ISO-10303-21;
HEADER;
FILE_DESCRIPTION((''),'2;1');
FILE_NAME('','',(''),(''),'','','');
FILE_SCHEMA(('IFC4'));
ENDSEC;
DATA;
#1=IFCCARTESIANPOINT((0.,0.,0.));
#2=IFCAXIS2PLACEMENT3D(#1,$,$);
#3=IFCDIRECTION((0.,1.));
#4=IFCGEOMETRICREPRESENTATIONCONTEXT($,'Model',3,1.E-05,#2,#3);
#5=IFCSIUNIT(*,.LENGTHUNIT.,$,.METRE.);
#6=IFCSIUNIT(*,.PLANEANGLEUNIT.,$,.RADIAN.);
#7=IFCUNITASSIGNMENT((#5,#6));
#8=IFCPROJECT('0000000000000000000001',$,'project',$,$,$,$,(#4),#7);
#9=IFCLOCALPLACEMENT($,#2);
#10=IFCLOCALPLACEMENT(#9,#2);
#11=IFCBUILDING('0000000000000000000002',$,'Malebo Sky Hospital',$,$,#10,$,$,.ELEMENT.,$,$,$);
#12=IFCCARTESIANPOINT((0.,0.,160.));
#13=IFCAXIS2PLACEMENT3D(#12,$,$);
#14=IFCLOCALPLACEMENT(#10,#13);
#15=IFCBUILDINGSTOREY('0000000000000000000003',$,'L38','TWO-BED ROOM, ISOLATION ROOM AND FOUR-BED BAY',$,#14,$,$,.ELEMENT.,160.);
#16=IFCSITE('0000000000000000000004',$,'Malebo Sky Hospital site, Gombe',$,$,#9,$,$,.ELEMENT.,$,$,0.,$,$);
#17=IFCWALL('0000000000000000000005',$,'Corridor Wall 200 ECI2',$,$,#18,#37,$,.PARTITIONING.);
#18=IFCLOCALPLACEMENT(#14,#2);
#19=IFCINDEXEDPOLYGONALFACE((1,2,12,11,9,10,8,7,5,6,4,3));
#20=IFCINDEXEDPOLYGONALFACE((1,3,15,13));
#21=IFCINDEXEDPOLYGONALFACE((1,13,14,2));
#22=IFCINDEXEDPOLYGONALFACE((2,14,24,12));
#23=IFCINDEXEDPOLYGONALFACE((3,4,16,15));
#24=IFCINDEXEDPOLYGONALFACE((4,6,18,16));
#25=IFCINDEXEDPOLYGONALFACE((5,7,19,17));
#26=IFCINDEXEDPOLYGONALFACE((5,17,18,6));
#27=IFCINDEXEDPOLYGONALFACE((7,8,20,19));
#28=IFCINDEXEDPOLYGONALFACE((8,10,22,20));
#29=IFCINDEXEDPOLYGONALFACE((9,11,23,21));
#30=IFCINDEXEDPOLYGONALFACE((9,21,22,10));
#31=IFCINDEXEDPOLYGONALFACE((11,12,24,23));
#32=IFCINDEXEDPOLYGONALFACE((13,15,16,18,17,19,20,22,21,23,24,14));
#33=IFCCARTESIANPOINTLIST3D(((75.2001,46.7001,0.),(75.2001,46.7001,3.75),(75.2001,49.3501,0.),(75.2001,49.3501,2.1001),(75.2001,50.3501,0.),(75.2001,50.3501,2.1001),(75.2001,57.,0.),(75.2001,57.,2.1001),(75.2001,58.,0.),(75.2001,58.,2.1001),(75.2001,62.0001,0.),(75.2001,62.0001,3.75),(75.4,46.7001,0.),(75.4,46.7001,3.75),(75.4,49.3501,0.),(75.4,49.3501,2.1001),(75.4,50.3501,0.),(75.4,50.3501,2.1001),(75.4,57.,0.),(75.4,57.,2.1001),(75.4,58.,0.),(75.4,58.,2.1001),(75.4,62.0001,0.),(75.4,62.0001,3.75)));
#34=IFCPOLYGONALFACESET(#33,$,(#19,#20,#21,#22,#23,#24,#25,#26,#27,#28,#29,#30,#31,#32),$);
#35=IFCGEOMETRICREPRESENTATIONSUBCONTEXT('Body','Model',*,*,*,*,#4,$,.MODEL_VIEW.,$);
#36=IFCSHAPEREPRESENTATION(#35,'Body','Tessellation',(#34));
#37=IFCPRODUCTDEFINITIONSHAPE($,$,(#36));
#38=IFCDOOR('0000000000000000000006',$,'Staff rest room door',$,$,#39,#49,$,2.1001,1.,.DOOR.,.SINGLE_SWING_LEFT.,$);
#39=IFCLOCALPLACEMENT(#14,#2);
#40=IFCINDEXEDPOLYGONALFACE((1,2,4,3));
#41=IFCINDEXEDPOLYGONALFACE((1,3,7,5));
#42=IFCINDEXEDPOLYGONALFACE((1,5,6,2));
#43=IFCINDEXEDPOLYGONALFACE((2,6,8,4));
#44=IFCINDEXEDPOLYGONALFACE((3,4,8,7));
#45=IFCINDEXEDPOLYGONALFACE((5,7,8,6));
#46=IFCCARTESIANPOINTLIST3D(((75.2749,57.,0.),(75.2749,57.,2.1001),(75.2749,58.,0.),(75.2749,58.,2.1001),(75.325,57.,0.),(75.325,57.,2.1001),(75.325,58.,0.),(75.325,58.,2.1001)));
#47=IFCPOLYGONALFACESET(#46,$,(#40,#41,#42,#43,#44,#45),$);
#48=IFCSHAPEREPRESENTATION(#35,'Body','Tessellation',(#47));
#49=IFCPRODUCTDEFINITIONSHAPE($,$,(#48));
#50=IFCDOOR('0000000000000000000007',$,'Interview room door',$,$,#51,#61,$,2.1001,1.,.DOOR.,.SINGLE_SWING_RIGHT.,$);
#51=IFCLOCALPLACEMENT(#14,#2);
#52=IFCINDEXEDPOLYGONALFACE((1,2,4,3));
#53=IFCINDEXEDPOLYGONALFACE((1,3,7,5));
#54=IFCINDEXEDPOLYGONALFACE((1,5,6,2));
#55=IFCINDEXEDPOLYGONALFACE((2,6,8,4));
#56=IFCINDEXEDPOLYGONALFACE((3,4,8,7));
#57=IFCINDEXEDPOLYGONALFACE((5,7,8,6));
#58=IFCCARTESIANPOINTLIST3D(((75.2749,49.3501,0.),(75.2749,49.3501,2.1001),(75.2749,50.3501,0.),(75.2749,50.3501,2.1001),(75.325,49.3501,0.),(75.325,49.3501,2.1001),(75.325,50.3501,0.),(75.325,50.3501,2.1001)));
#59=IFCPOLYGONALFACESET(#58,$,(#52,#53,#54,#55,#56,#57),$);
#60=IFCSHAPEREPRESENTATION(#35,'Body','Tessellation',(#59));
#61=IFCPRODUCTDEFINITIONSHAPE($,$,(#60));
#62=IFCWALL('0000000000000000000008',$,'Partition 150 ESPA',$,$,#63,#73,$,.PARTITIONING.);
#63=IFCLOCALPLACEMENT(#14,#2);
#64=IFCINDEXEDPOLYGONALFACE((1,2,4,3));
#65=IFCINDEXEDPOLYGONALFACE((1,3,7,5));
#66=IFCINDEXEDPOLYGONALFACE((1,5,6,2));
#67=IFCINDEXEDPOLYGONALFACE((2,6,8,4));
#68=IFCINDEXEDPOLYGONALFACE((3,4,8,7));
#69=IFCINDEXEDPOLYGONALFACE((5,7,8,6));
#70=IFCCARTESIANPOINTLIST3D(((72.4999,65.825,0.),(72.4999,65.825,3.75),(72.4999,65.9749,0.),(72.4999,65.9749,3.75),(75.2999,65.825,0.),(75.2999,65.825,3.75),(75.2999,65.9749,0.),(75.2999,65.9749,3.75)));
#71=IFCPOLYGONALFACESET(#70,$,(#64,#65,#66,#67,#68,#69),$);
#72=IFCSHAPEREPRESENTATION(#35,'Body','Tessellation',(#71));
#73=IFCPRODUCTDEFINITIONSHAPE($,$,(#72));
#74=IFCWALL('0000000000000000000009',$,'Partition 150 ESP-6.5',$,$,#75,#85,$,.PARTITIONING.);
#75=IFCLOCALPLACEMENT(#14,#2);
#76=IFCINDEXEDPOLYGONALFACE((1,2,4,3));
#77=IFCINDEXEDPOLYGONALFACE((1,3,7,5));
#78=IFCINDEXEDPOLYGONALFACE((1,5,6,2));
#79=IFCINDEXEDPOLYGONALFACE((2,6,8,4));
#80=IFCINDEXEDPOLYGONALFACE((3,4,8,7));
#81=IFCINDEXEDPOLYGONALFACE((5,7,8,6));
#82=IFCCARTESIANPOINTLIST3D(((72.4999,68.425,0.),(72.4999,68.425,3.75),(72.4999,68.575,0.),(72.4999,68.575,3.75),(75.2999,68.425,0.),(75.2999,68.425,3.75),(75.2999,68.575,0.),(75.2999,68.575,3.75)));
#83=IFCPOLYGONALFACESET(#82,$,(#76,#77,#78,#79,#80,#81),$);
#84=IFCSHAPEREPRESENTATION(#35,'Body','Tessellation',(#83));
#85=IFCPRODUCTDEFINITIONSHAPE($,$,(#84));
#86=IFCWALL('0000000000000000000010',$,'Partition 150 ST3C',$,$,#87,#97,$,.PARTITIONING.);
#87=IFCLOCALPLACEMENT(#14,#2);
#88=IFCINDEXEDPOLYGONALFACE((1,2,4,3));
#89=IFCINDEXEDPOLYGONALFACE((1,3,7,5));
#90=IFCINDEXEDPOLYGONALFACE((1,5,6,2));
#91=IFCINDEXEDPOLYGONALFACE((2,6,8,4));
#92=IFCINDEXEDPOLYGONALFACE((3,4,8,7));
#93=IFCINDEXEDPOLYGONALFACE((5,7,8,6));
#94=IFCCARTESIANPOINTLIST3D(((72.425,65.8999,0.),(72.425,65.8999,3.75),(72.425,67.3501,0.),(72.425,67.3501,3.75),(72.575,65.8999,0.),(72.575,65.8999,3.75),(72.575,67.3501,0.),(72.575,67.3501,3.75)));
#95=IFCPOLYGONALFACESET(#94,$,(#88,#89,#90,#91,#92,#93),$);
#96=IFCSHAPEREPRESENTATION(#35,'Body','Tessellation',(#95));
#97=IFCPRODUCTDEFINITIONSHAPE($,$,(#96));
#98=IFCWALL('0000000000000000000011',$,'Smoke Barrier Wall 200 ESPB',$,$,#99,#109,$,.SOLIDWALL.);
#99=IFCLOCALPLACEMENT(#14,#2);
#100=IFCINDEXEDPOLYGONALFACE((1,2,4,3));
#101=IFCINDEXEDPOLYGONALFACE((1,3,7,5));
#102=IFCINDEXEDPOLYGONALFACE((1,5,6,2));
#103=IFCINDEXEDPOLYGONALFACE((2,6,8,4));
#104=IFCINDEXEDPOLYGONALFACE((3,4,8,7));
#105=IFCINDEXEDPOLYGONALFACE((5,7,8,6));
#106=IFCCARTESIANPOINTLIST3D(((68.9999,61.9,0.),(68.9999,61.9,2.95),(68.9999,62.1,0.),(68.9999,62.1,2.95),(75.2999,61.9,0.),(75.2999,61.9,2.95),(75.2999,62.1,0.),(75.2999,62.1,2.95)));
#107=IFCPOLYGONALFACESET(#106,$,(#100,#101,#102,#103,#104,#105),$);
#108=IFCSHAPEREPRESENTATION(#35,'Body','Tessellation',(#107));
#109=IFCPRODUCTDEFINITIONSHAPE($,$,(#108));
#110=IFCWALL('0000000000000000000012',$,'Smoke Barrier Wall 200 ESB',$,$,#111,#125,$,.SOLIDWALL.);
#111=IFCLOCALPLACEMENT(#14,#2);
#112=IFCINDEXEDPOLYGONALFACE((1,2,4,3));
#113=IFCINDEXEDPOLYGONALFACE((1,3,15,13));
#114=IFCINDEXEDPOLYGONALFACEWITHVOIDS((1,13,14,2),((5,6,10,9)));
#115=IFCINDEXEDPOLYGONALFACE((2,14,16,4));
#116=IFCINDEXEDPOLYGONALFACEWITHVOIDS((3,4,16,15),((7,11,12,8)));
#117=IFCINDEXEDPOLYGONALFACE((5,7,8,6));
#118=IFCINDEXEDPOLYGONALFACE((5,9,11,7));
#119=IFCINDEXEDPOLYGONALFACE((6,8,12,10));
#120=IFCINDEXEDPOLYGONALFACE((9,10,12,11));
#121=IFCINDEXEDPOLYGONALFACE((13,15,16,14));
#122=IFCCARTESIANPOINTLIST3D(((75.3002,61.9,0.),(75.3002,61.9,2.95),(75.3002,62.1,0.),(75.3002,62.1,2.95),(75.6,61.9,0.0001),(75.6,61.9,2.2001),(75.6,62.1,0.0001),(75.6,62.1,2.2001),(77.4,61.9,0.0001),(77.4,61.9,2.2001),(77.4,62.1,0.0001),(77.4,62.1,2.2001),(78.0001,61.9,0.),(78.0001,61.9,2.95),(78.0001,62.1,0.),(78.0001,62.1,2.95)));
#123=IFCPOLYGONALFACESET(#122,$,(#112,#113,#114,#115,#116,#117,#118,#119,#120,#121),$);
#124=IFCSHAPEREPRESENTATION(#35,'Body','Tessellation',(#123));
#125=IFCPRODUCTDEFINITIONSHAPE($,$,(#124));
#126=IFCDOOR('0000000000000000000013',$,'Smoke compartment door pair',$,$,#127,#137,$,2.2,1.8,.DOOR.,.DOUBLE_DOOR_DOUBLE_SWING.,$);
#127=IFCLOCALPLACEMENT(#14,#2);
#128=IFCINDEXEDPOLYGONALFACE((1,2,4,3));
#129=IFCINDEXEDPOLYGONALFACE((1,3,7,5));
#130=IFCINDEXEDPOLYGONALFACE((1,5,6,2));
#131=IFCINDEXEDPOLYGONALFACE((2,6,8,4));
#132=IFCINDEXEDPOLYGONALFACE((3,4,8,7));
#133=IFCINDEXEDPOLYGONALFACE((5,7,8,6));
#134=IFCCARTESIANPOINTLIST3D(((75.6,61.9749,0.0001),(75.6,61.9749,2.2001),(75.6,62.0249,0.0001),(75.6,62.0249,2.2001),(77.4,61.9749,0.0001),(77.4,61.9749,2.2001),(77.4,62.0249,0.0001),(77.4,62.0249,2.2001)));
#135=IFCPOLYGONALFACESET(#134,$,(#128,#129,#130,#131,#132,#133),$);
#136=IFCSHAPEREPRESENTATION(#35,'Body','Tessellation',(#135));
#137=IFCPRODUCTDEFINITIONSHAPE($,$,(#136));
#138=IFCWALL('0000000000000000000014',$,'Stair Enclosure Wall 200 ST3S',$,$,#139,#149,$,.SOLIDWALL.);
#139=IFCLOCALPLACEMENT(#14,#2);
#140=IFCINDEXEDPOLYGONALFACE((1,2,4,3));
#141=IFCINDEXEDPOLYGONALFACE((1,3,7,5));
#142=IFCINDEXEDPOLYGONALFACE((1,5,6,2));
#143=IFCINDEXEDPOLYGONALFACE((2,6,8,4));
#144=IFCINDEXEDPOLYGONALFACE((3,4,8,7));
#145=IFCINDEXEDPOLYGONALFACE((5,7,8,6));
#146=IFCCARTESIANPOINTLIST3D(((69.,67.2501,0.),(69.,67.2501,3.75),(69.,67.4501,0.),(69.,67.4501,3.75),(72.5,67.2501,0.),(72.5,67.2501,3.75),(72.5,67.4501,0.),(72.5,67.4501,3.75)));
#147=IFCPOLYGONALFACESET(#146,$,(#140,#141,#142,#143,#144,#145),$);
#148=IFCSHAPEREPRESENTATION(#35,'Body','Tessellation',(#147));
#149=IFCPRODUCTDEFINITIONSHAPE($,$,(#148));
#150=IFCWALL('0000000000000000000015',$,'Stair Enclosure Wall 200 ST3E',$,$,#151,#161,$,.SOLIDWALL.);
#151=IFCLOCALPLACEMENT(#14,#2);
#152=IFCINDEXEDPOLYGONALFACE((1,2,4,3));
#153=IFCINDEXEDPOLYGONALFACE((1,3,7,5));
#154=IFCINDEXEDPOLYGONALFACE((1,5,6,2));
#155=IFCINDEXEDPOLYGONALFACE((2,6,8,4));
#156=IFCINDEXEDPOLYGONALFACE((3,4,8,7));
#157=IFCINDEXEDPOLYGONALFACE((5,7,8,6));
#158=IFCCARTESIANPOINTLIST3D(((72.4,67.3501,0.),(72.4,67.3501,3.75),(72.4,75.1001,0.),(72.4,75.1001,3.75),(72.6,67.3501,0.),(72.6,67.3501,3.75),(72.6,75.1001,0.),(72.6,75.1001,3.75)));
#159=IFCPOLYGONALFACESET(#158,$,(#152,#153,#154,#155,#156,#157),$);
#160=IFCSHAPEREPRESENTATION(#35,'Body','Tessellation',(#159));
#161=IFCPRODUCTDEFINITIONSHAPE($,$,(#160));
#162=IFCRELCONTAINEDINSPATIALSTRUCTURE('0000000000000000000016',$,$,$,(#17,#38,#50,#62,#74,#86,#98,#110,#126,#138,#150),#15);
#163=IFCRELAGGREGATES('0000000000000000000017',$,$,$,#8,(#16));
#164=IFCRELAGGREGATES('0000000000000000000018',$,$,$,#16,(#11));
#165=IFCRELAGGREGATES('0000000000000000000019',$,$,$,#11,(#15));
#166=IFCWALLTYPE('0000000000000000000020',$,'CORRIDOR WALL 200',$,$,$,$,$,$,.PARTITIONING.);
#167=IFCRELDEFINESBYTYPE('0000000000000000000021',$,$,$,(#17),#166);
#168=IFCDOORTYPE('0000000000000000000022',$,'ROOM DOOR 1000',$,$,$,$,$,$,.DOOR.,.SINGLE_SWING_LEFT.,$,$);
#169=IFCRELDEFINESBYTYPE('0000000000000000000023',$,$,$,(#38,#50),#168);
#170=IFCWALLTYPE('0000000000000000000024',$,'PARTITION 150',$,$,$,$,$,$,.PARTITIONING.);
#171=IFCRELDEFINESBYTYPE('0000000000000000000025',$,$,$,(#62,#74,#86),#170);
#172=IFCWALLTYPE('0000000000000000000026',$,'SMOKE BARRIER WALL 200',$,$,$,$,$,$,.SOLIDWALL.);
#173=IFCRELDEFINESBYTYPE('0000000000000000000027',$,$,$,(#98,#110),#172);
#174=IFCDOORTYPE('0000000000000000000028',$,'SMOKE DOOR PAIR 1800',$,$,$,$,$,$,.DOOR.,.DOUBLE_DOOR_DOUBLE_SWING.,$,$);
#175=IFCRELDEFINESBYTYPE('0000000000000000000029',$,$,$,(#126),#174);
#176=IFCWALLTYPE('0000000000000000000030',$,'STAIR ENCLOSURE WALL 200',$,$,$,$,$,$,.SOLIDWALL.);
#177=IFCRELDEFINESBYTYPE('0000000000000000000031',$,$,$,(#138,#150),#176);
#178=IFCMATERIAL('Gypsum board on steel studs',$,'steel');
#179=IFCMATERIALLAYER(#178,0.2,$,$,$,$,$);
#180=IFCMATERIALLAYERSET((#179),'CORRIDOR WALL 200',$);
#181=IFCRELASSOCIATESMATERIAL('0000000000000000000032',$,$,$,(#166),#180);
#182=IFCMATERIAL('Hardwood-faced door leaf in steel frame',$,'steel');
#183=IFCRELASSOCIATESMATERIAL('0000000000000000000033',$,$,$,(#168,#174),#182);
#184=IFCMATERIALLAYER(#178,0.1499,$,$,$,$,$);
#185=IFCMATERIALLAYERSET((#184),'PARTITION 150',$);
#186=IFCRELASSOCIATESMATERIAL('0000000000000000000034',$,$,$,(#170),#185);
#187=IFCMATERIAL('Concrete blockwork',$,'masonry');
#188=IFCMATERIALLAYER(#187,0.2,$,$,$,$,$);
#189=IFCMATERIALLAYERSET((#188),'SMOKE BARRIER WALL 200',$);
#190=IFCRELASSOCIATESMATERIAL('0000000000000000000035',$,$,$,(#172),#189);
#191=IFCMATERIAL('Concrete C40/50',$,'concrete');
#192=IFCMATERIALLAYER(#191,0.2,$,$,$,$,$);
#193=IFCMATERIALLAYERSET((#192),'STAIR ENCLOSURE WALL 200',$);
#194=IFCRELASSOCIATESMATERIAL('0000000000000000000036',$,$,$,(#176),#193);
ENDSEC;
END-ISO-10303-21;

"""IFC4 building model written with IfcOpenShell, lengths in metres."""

from ifc_helpers import new_model, si_unit, direction, frame, frame_2d, origin, place, context, subcontext, project, spatial, rectangle, extrude, material, layer, layer_set, type_object, element, fill, save


model = new_model("IFC4")

# Units and contexts
model_context = context("Model", 3, precision=1e-05, world=origin(), true_north=direction((0.0, 1.0)))
body_context = subcontext(model_context, "Body", "Model", "MODEL_VIEW")
ifc_project = project(units=[si_unit("LENGTHUNIT", "METRE"), si_unit("PLANEANGLEUNIT", "RADIAN")], contexts=[model_context])

# Site, building, storey
site_placement = place(None, origin())
site = spatial("IfcSite", under=ifc_project, at=site_placement, Name="Malebo Sky Hospital site, Gombe", CompositionType="ELEMENT", RefElevation=0.0)
building_placement = place(site_placement, origin())
building = spatial("IfcBuilding", under=site, at=building_placement, Name="Malebo Sky Hospital", CompositionType="ELEMENT")
storey_placement = place(building_placement, frame((0.0, 0.0, 160.0)))
storey = spatial("IfcBuildingStorey", under=building, at=storey_placement, Name="L38", Description="TWO-BED ROOM, ISOLATION ROOM AND FOUR-BED BAY", CompositionType="ELEMENT", Elevation=160.0)

# Wall, openings, doors
ifc_material_1 = material(Name="Gypsum board on steel studs", Category="steel")
ifc_layer_1 = layer(ifc_material_1, 0.2)
ifc_layer_set_1 = layer_set([ifc_layer_1], Name="CORRIDOR WALL 200")
wall_type_1 = type_object("IfcWallType", Name="CORRIDOR WALL 200", PredefinedType="PARTITIONING", material=ifc_layer_set_1)
wall_1_placement = place(storey_placement, frame((75.3, 62.0, 0.0), z_axis=(0.0, 0.0, 1.0), x_axis=(0.0, -1.0, 0.0)))
wall_1 = element("IfcWall", 1, at=wall_1_placement, inside=storey, type_object=wall_type_1, Name="Corridor Wall 200 ECI2", PredefinedType="PARTITIONING", context=body_context, shape_type="SweptSolid", body=[
    extrude(rectangle(XDim=15.3, YDim=0.2, at=frame_2d((7.6499, 0.0))), origin(), (0.0, 0.0, 1.0), 3.75),
])
opening_1_placement = place(wall_1_placement, frame((4.0, 0.0, 0.0)))
opening_1 = element("IfcOpeningElement", 2, at=opening_1_placement, cuts=wall_1, PredefinedType="OPENING", context=body_context, shape_type="SweptSolid", body=[
    extrude(rectangle(XDim=1.0, YDim=2.1001, at=frame_2d((0.5, 1.05))), frame((0.0, 0.1099, 0.0), z_axis=(0.0, -1.0, 0.0), x_axis=(1.0, 0.0, 0.0)), (0.0, 0.0, 1.0), 0.22),
])
opening_2_placement = place(wall_1_placement, frame((11.6499, 0.0, 0.0)))
opening_2 = element("IfcOpeningElement", 3, at=opening_2_placement, cuts=wall_1, PredefinedType="OPENING", context=body_context, shape_type="SweptSolid", body=[
    extrude(rectangle(XDim=1.0, YDim=2.1001, at=frame_2d((0.5, 1.05))), frame((0.0, 0.1099, 0.0), z_axis=(0.0, -1.0, 0.0), x_axis=(1.0, 0.0, 0.0)), (0.0, 0.0, 1.0), 0.22),
])
ifc_material_2 = material(Name="Hardwood-faced door leaf in steel frame", Category="steel")
door_type_1 = type_object("IfcDoorType", Name="ROOM DOOR 1000", OperationType="SINGLE_SWING_LEFT", PredefinedType="DOOR", material=ifc_material_2)
door_1_placement = place(opening_1_placement, origin())
door_1 = element("IfcDoor", 4, at=door_1_placement, inside=storey, type_object=door_type_1, Name="Staff rest room door", OperationType="SINGLE_SWING_LEFT", OverallHeight=2.1001, OverallWidth=1.0, PredefinedType="DOOR", context=body_context, shape_type="SweptSolid", body=[
    extrude(rectangle(XDim=1.0, YDim=2.1001, at=frame_2d((0.5, 1.05))), frame((0.0, 0.0249, 0.0), z_axis=(0.0, -1.0, 0.0), x_axis=(1.0, 0.0, 0.0)), (0.0, 0.0, 1.0), 0.05),
])
fill(opening_1, door_1)
door_2_placement = place(opening_2_placement, origin())
door_2 = element("IfcDoor", 5, at=door_2_placement, inside=storey, type_object=door_type_1, Name="Interview room door", OperationType="SINGLE_SWING_RIGHT", OverallHeight=2.1001, OverallWidth=1.0, PredefinedType="DOOR", context=body_context, shape_type="SweptSolid", body=[
    extrude(rectangle(XDim=1.0, YDim=2.1001, at=frame_2d((0.5, 1.05))), frame((0.0, 0.0249, 0.0), z_axis=(0.0, -1.0, 0.0), x_axis=(1.0, 0.0, 0.0)), (0.0, 0.0, 1.0), 0.05),
])
fill(opening_2, door_2)

# Walls
ifc_layer_2 = layer(ifc_material_1, 0.1499)
ifc_layer_set_2 = layer_set([ifc_layer_2], Name="PARTITION 150")
wall_type_2 = type_object("IfcWallType", Name="PARTITION 150", PredefinedType="PARTITIONING", material=ifc_layer_set_2)
for number, where, z_axis, x_axis, name in (
    (6, (72.5, 65.8999, 0.0), (0.0, 0.0, 1.0), (1.0, 0.0, 0.0), "Partition 150 ESPA"),
    (7, (72.5, 68.5, 0.0), (0.0, 0.0, 1.0), (1.0, 0.0, 0.0), "Partition 150 ESP-6.5"),
):
    element("IfcWall", number, at=place(storey_placement, frame(where, z_axis=z_axis, x_axis=x_axis)), inside=storey, type_object=wall_type_2, Name=name, PredefinedType="PARTITIONING", context=body_context, shape_type="SweptSolid", body=[
        extrude(rectangle(XDim=2.8, YDim=0.1499, at=frame_2d((1.3999, 0.0))), origin(), (0.0, 0.0, 1.0), 3.75),
    ])
wall_2_placement = place(storey_placement, frame((72.5, 65.8999, 0.0), z_axis=(0.0, 0.0, 1.0), x_axis=(0.0, 1.0, 0.0)))
element("IfcWall", 8, at=wall_2_placement, inside=storey, type_object=wall_type_2, Name="Partition 150 ST3C", PredefinedType="PARTITIONING", context=body_context, shape_type="SweptSolid", body=[
    extrude(rectangle(XDim=1.4502, YDim=0.1499, at=frame_2d((0.7251, 0.0))), origin(), (0.0, 0.0, 1.0), 3.75),
])
ifc_material_3 = material(Name="Concrete blockwork", Category="masonry")
ifc_layer_3 = layer(ifc_material_3, 0.2)
ifc_layer_set_3 = layer_set([ifc_layer_3], Name="SMOKE BARRIER WALL 200")
wall_type_3 = type_object("IfcWallType", Name="SMOKE BARRIER WALL 200", PredefinedType="SOLIDWALL", material=ifc_layer_set_3)
wall_3_placement = place(storey_placement, frame((69.0, 62.0, 0.0), z_axis=(0.0, 0.0, 1.0), x_axis=(1.0, 0.0, 0.0)))
element("IfcWall", 9, at=wall_3_placement, inside=storey, type_object=wall_type_3, Name="Smoke Barrier Wall 200 ESPB", PredefinedType="SOLIDWALL", context=body_context, shape_type="SweptSolid", body=[
    extrude(rectangle(XDim=6.3, YDim=0.2, at=frame_2d((3.1499, 0.0))), origin(), (0.0, 0.0, 1.0), 2.95),
])

# Wall, opening, door
wall_4_placement = place(storey_placement, frame((75.3, 62.0, 0.0), z_axis=(0.0, 0.0, 1.0), x_axis=(1.0, 0.0, 0.0)))
wall_4 = element("IfcWall", 10, at=wall_4_placement, inside=storey, type_object=wall_type_3, Name="Smoke Barrier Wall 200 ESB", PredefinedType="SOLIDWALL", context=body_context, shape_type="SweptSolid", body=[
    extrude(rectangle(XDim=2.7, YDim=0.2, at=frame_2d((1.3501, 0.0))), origin(), (0.0, 0.0, 1.0), 2.95),
])
opening_3_placement = place(wall_4_placement, frame((0.3, 0.0, 0.0)))
opening_3 = element("IfcOpeningElement", 11, at=opening_3_placement, cuts=wall_4, PredefinedType="OPENING", context=body_context, shape_type="SweptSolid", body=[
    extrude(rectangle(XDim=1.8, YDim=2.2, at=frame_2d((0.8999, 1.1001))), frame((0.0, 0.1099, 0.0), z_axis=(0.0, -1.0, 0.0), x_axis=(1.0, 0.0, 0.0)), (0.0, 0.0, 1.0), 0.22),
])
door_type_2 = type_object("IfcDoorType", Name="SMOKE DOOR PAIR 1800", OperationType="DOUBLE_DOOR_DOUBLE_SWING", PredefinedType="DOOR", material=ifc_material_2)
door_3_placement = place(opening_3_placement, origin())
door_3 = element("IfcDoor", 12, at=door_3_placement, inside=storey, type_object=door_type_2, Name="Smoke compartment door pair", OperationType="DOUBLE_DOOR_DOUBLE_SWING", OverallHeight=2.2, OverallWidth=1.8, PredefinedType="DOOR", context=body_context, shape_type="SweptSolid", body=[
    extrude(rectangle(XDim=1.8, YDim=2.2, at=frame_2d((0.8999, 1.1001))), frame((0.0, 0.0249, 0.0), z_axis=(0.0, -1.0, 0.0), x_axis=(1.0, 0.0, 0.0)), (0.0, 0.0, 1.0), 0.05),
])
fill(opening_3, door_3)

# Walls
ifc_material_4 = material(Name="Concrete C40/50", Category="concrete")
ifc_layer_4 = layer(ifc_material_4, 0.2)
ifc_layer_set_4 = layer_set([ifc_layer_4], Name="STAIR ENCLOSURE WALL 200")
wall_type_4 = type_object("IfcWallType", Name="STAIR ENCLOSURE WALL 200", PredefinedType="SOLIDWALL", material=ifc_layer_set_4)
wall_5_placement = place(storey_placement, frame((69.0, 67.3501, 0.0), z_axis=(0.0, 0.0, 1.0), x_axis=(1.0, 0.0, 0.0)))
element("IfcWall", 13, at=wall_5_placement, inside=storey, type_object=wall_type_4, Name="Stair Enclosure Wall 200 ST3S", PredefinedType="SOLIDWALL", context=body_context, shape_type="SweptSolid", body=[
    extrude(rectangle(XDim=3.5, YDim=0.2, at=frame_2d((1.75, 0.0))), origin(), (0.0, 0.0, 1.0), 3.75),
])
wall_6_placement = place(storey_placement, frame((72.5, 67.3501, 0.0), z_axis=(0.0, 0.0, 1.0), x_axis=(0.0, 1.0, 0.0)))
element("IfcWall", 14, at=wall_6_placement, inside=storey, type_object=wall_type_4, Name="Stair Enclosure Wall 200 ST3E", PredefinedType="SOLIDWALL", context=body_context, shape_type="SweptSolid", body=[
    extrude(rectangle(XDim=7.75, YDim=0.2, at=frame_2d((3.875, 0.0))), origin(), (0.0, 0.0, 1.0), 3.75),
])

save(model, "model.ifc")
